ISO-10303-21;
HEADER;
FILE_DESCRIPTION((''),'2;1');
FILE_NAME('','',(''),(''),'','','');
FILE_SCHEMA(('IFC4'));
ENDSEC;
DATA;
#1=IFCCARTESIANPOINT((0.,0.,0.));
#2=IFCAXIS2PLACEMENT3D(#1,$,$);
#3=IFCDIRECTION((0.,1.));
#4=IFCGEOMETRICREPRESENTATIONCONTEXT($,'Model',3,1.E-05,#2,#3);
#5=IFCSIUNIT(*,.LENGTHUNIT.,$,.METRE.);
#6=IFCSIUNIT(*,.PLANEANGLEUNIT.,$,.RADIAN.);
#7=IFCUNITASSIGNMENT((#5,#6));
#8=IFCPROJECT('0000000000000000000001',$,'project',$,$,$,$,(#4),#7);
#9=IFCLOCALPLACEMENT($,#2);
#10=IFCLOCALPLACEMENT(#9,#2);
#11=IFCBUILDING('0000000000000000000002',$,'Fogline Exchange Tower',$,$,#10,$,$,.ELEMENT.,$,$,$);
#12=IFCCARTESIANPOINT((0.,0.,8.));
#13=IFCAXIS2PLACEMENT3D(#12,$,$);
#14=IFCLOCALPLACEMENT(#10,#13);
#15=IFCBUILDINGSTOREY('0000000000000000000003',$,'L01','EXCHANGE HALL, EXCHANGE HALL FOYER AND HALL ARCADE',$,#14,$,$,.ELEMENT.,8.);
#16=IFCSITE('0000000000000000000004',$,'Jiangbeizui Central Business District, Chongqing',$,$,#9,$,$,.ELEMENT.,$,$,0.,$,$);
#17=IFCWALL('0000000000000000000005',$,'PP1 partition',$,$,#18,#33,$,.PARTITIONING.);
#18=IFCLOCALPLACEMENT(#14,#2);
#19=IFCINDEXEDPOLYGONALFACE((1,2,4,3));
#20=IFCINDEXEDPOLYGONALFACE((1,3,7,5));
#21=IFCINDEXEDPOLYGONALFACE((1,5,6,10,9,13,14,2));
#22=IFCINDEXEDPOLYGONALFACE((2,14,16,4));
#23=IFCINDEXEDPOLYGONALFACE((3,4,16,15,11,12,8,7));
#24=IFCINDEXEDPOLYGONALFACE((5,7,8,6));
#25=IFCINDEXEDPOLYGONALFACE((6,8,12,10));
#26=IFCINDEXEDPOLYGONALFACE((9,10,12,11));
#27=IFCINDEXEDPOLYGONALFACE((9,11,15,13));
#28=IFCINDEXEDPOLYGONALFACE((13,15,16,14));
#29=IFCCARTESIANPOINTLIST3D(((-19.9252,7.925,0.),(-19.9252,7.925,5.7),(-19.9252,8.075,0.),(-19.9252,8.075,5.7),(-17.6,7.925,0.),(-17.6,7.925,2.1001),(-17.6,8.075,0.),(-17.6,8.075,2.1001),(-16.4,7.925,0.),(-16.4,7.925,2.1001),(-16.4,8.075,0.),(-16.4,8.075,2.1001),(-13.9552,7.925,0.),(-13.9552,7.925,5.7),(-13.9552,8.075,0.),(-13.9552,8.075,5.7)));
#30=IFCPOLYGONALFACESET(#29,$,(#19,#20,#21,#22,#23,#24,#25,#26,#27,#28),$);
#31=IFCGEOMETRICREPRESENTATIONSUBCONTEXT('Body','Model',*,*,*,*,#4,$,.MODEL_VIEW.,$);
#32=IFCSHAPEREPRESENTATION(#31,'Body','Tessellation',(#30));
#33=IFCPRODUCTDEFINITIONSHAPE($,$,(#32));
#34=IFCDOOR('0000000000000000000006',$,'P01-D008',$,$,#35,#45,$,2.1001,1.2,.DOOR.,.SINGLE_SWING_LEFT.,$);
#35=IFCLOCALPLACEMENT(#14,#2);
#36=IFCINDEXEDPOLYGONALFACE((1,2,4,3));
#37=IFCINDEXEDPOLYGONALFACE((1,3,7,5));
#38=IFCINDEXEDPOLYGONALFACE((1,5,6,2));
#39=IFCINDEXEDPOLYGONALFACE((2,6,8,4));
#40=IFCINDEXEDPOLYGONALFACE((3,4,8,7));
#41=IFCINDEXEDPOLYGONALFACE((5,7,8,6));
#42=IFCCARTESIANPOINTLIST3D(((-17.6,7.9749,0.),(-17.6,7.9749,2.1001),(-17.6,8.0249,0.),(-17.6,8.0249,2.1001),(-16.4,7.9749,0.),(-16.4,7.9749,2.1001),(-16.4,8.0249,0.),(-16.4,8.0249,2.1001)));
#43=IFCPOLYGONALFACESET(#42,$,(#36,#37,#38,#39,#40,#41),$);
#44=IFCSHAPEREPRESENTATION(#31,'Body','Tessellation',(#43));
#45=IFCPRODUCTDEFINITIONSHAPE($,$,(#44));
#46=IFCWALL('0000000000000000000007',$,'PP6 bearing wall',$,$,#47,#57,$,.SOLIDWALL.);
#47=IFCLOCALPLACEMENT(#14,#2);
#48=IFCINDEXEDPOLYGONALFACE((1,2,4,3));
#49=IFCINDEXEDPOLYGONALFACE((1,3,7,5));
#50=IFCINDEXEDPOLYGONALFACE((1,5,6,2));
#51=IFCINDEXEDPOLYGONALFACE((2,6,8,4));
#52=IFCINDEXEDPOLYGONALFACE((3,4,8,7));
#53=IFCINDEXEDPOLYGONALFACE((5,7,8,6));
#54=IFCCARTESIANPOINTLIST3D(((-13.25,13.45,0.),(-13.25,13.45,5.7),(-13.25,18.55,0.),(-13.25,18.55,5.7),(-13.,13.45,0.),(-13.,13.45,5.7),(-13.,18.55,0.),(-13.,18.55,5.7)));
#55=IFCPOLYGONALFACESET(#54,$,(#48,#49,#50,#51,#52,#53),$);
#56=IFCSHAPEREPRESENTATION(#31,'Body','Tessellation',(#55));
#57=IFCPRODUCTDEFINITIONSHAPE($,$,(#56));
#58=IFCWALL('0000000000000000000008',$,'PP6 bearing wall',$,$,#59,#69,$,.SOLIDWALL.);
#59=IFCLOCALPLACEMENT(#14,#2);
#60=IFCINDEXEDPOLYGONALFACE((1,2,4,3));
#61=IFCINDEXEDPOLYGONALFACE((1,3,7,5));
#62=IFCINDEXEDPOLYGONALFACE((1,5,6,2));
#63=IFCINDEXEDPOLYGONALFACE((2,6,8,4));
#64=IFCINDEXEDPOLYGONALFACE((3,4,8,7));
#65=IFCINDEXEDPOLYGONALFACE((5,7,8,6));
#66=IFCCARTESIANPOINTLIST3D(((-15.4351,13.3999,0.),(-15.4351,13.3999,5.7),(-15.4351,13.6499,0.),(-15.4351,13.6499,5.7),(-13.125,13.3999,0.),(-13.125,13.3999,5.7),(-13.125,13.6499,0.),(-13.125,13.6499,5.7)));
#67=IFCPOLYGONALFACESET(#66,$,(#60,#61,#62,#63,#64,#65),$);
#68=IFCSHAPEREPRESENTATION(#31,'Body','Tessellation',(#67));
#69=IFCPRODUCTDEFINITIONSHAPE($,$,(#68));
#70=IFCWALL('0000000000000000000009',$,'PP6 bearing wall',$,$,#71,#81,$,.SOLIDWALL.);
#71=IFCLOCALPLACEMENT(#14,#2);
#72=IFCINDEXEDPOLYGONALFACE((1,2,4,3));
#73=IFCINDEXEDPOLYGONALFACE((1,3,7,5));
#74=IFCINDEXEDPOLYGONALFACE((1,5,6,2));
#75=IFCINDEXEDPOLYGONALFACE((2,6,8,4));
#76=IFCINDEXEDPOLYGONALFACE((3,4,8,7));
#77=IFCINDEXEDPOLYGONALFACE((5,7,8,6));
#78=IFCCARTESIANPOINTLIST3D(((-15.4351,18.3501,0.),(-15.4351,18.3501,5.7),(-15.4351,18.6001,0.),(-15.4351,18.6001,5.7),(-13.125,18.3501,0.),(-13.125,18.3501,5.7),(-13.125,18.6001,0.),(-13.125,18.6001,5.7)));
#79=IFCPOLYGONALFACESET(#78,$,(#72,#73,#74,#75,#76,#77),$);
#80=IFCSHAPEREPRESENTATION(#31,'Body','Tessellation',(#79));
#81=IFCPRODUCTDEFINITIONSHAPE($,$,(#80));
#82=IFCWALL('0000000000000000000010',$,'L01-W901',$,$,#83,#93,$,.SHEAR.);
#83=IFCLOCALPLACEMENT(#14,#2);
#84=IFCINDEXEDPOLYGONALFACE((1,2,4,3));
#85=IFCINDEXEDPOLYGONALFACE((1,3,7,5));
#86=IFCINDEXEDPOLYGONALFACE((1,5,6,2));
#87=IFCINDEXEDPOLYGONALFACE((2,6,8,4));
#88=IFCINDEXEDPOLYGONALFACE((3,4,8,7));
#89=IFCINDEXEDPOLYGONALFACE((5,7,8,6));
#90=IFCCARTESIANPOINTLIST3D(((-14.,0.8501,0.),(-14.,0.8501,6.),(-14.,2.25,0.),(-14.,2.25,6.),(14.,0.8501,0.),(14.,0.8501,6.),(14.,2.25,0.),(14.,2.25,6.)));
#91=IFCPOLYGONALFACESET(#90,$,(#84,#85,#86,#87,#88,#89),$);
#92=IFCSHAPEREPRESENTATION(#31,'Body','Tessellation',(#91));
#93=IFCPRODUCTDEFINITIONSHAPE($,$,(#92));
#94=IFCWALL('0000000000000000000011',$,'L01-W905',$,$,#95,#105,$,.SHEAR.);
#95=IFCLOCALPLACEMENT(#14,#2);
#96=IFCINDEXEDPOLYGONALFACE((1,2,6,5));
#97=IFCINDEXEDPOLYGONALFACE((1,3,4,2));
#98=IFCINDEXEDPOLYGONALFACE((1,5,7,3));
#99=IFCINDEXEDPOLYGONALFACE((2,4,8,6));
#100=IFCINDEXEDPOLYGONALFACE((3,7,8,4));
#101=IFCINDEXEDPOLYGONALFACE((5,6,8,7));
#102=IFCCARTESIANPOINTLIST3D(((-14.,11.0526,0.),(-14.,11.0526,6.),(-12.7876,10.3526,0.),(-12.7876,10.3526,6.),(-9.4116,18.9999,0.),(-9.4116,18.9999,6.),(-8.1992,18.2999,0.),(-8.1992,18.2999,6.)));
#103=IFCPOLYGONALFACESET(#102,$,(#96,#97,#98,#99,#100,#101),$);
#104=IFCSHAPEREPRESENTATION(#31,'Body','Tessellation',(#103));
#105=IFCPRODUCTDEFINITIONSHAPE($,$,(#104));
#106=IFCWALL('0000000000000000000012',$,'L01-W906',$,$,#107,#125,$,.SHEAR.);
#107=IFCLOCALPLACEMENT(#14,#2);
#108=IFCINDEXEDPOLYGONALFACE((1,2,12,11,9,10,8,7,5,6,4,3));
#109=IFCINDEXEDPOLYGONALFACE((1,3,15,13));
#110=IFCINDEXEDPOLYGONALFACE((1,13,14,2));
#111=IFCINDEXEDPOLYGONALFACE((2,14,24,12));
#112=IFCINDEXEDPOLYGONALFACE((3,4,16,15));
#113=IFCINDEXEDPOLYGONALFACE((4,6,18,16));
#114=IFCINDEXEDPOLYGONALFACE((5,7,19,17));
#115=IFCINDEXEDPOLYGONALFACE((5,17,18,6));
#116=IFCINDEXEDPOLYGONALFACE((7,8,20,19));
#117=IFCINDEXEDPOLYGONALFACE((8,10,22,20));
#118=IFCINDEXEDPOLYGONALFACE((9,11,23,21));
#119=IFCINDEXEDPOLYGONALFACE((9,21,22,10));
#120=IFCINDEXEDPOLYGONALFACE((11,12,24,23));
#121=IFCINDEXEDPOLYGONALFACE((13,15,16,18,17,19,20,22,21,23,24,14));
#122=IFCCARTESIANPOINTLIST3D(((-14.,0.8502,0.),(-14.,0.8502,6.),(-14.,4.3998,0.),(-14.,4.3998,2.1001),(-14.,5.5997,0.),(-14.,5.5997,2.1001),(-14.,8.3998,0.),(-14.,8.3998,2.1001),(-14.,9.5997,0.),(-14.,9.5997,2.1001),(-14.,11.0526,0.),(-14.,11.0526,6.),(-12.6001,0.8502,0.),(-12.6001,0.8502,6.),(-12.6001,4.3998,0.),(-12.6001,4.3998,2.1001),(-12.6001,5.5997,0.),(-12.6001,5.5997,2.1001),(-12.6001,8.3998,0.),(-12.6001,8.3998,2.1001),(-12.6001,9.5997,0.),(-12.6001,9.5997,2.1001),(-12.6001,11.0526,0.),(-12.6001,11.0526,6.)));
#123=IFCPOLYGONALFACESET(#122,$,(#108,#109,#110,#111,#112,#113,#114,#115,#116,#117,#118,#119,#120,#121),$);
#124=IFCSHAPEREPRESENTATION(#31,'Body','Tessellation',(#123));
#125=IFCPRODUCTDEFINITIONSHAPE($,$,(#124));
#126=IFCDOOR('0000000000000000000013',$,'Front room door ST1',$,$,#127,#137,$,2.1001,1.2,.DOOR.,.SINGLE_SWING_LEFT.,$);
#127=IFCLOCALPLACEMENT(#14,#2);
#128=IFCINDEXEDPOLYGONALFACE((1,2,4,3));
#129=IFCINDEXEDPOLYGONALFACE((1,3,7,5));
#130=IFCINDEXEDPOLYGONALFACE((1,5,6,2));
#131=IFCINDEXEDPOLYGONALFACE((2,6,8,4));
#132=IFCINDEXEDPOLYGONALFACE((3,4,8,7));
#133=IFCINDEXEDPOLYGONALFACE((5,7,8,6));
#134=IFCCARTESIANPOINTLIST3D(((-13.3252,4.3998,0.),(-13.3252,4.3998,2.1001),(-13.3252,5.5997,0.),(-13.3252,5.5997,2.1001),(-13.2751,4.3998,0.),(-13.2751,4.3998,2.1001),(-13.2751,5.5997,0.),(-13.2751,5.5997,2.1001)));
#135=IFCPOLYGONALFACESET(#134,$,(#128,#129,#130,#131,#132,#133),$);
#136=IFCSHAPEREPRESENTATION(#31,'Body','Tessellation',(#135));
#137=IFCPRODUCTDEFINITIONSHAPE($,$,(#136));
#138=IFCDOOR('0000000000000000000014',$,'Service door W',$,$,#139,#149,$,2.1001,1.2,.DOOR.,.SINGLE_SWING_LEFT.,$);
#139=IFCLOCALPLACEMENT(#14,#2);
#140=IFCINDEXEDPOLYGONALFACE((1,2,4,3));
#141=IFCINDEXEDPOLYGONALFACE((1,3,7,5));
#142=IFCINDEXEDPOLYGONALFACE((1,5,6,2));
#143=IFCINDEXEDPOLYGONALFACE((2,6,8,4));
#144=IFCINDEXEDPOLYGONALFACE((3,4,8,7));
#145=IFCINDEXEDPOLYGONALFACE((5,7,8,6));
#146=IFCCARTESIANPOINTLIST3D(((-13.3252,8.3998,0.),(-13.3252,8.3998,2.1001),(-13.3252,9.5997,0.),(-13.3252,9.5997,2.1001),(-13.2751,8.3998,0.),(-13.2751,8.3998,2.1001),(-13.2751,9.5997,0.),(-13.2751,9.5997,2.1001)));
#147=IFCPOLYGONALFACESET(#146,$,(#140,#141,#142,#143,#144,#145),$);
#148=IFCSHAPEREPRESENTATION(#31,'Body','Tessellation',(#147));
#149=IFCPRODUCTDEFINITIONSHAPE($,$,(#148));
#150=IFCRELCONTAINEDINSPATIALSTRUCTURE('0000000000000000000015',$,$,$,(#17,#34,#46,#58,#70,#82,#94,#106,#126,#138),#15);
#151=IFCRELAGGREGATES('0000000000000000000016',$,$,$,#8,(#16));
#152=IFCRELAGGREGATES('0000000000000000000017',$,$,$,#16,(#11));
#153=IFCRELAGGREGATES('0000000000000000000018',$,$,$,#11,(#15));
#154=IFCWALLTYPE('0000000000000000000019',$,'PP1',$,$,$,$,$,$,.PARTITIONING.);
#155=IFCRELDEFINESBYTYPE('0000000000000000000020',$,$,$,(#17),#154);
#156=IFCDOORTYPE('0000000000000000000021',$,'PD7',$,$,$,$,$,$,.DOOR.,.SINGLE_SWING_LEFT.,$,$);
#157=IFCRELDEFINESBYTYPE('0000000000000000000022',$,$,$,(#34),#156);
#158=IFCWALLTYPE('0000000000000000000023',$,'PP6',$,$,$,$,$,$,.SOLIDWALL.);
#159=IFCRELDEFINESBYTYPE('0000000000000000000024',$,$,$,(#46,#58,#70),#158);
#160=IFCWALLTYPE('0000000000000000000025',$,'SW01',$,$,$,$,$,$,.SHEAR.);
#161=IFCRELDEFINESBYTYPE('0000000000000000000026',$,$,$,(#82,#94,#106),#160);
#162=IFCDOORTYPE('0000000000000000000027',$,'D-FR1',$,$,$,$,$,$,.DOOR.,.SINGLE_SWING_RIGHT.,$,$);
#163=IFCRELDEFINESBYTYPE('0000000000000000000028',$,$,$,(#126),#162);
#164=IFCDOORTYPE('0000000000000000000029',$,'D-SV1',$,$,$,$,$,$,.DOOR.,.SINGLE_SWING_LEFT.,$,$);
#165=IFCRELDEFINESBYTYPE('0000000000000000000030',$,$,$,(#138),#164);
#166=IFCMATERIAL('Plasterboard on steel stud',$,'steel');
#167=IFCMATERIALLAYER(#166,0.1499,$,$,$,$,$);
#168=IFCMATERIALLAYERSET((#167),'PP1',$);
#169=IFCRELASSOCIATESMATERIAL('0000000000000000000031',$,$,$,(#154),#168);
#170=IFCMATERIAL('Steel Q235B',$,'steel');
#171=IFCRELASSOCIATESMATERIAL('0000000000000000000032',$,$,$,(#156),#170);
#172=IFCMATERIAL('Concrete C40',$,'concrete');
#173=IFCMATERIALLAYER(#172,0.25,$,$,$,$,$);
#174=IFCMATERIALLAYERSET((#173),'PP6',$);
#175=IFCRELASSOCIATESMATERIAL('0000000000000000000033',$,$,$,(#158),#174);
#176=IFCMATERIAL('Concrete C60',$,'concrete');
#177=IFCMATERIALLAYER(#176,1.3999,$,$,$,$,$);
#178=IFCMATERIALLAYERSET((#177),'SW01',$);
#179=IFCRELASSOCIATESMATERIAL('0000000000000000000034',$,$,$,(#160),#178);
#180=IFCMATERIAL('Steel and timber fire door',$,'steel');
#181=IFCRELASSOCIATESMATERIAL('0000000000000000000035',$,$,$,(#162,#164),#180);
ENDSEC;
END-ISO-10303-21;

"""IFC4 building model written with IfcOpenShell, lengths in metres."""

from ifc_helpers import new_model, si_unit, direction, frame, frame_2d, origin, place, context, subcontext, project, spatial, rectangle, extrude, material, layer, layer_set, type_object, element, fill, save


model = new_model("IFC4")

# Units and contexts
model_context = context("Model", 3, precision=1e-05, world=origin(), true_north=direction((0.0, 1.0)))
body_context = subcontext(model_context, "Body", "Model", "MODEL_VIEW")
ifc_project = project(units=[si_unit("LENGTHUNIT", "METRE"), si_unit("PLANEANGLEUNIT", "RADIAN")], contexts=[model_context])

# Site, building, storey
site_placement = place(None, origin())
site = spatial("IfcSite", under=ifc_project, at=site_placement, Name="Jiangbeizui Central Business District, Chongqing", CompositionType="ELEMENT", RefElevation=0.0)
building_placement = place(site_placement, origin())
building = spatial("IfcBuilding", under=site, at=building_placement, Name="Fogline Exchange Tower", CompositionType="ELEMENT")
storey_placement = place(building_placement, frame((0.0, 0.0, 8.0)))
storey = spatial("IfcBuildingStorey", under=building, at=storey_placement, Name="L01", Description="EXCHANGE HALL, EXCHANGE HALL FOYER AND HALL ARCADE", CompositionType="ELEMENT", Elevation=8.0)

# Shared definitions
ifc_material_1 = material(Name="Steel and timber fire door", Category="steel")

# Shared definitions
ifc_material_2 = material(Name="Concrete C40", Category="concrete")

# Wall, opening, door
ifc_material_3 = material(Name="Plasterboard on steel stud", Category="steel")
ifc_layer_1 = layer(ifc_material_3, 0.1499)
ifc_layer_set_1 = layer_set([ifc_layer_1], Name="PP1")
wall_type_1 = type_object("IfcWallType", Name="PP1", PredefinedType="PARTITIONING", material=ifc_layer_set_1)
wall_1_placement = place(storey_placement, frame((-19.925, 8.0, 0.0), z_axis=(0.0, 0.0, 1.0), x_axis=(1.0, 0.0, 0.0)))
wall_1 = element("IfcWall", 1, at=wall_1_placement, inside=storey, type_object=wall_type_1, Name="PP1 partition", PredefinedType="PARTITIONING", context=body_context, shape_type="SweptSolid", body=[
    extrude(rectangle(XDim=5.97, YDim=0.1499, at=frame_2d((2.9849, 0.0))), origin(), (0.0, 0.0, 1.0), 5.7),
])
opening_1_placement = place(wall_1_placement, frame((2.325, 0.0, 0.0)))
opening_1 = element("IfcOpeningElement", 2, at=opening_1_placement, cuts=wall_1, PredefinedType="OPENING", context=body_context, shape_type="SweptSolid", body=[
    extrude(rectangle(XDim=1.2, YDim=2.1001, at=frame_2d((0.6001, 1.05))), frame((0.0, 0.085, 0.0), z_axis=(0.0, -1.0, 0.0), x_axis=(1.0, 0.0, 0.0)), (0.0, 0.0, 1.0), 0.1699),
])
ifc_material_4 = material(Name="Steel Q235B", Category="steel")
door_type_1 = type_object("IfcDoorType", Name="PD7", OperationType="SINGLE_SWING_LEFT", PredefinedType="DOOR", material=ifc_material_4)
door_1_placement = place(opening_1_placement, origin())
door_1 = element("IfcDoor", 3, at=door_1_placement, inside=storey, type_object=door_type_1, Name="P01-D008", OperationType="SINGLE_SWING_LEFT", OverallHeight=2.1001, OverallWidth=1.2, PredefinedType="DOOR", context=body_context, shape_type="SweptSolid", body=[
    extrude(rectangle(XDim=1.2, YDim=2.1001, at=frame_2d((0.6001, 1.05))), frame((0.0, 0.0249, 0.0), z_axis=(0.0, -1.0, 0.0), x_axis=(1.0, 0.0, 0.0)), (0.0, 0.0, 1.0), 0.05),
])
fill(opening_1, door_1)

# Walls
ifc_layer_2 = layer(ifc_material_2, 0.25)
ifc_layer_set_2 = layer_set([ifc_layer_2], Name="PP6")
wall_type_2 = type_object("IfcWallType", Name="PP6", PredefinedType="SOLIDWALL", material=ifc_layer_set_2)
wall_2_placement = place(storey_placement, frame((-13.125, 13.45, 0.0), z_axis=(0.0, 0.0, 1.0), x_axis=(0.0, 1.0, 0.0)))
element("IfcWall", 4, at=wall_2_placement, inside=storey, type_object=wall_type_2, Name="PP6 bearing wall", PredefinedType="SOLIDWALL", context=body_context, shape_type="SweptSolid", body=[
    extrude(rectangle(XDim=5.1001, YDim=0.25, at=frame_2d((2.55, 0.0))), origin(), (0.0, 0.0, 1.0), 5.7),
])
for number, where, z_axis, x_axis, name in (
    (5, (-13.125, 13.5249, 0.0), (0.0, 0.0, 1.0), (-1.0, 0.0, 0.0), "PP6 bearing wall"),
    (6, (-13.125, 18.4751, 0.0), (0.0, 0.0, 1.0), (-1.0, 0.0, 0.0), "PP6 bearing wall"),
):
    element("IfcWall", number, at=place(storey_placement, frame(where, z_axis=z_axis, x_axis=x_axis)), inside=storey, type_object=wall_type_2, Name=name, PredefinedType="SOLIDWALL", context=body_context, shape_type="SweptSolid", body=[
        extrude(rectangle(XDim=2.3101, YDim=0.25, at=frame_2d((1.155, 0.0))), origin(), (0.0, 0.0, 1.0), 5.7),
    ])
ifc_material_5 = material(Name="Concrete C60", Category="concrete")
ifc_layer_3 = layer(ifc_material_5, 1.3999)
ifc_layer_set_3 = layer_set([ifc_layer_3], Name="SW01")
wall_type_3 = type_object("IfcWallType", Name="SW01", PredefinedType="SHEAR", material=ifc_layer_set_3)
wall_3_placement = place(storey_placement, frame((-14.0, 1.55, 0.0), z_axis=(0.0, 0.0, 1.0), x_axis=(1.0, 0.0, 0.0)))
element("IfcWall", 7, at=wall_3_placement, inside=storey, type_object=wall_type_3, Name="L01-W901", PredefinedType="SHEAR", context=body_context, shape_type="SweptSolid", body=[
    extrude(rectangle(XDim=28.0, YDim=1.3999, at=frame_2d((14.0, 0.0))), origin(), (0.0, 0.0, 1.0), 6.0),
])
wall_4_placement = place(storey_placement, frame((-8.8054, 18.6499, 0.0), z_axis=(0.0, 0.0, 1.0), x_axis=(-0.500002, -0.866024, 0.0)))
element("IfcWall", 8, at=wall_4_placement, inside=storey, type_object=wall_type_3, Name="L01-W905", PredefinedType="SHEAR", context=body_context, shape_type="SweptSolid", body=[
    extrude(rectangle(XDim=9.1768, YDim=1.3999, at=frame_2d((4.5884, 0.0))), origin(), (0.0, 0.0, 1.0), 6.0),
])

# Wall, openings, doors
wall_5_placement = place(storey_placement, frame((-13.3, 11.0525, 0.0), z_axis=(0.0, 0.0, 1.0), x_axis=(0.0, -1.0, 0.0)))
wall_5 = element("IfcWall", 9, at=wall_5_placement, inside=storey, type_object=wall_type_3, Name="L01-W906", PredefinedType="SHEAR", context=body_context, shape_type="SweptSolid", body=[
    extrude(rectangle(XDim=10.2024, YDim=1.3999, at=frame_2d((5.1011, 0.0))), origin(), (0.0, 0.0, 1.0), 6.0),
])
opening_2_placement = place(wall_5_placement, frame((5.4526, 0.0, 0.0)))
opening_2 = element("IfcOpeningElement", 10, at=opening_2_placement, cuts=wall_5, PredefinedType="OPENING", context=body_context, shape_type="SweptSolid", body=[
    extrude(rectangle(XDim=1.2, YDim=2.1001, at=frame_2d((0.6001, 1.05))), frame((0.0, 0.71, 0.0), z_axis=(0.0, -1.0, 0.0), x_axis=(1.0, 0.0, 0.0)), (0.0, 0.0, 1.0), 1.4199),
])
opening_3_placement = place(wall_5_placement, frame((1.4526, 0.0, 0.0)))
opening_3 = element("IfcOpeningElement", 11, at=opening_3_placement, cuts=wall_5, PredefinedType="OPENING", context=body_context, shape_type="SweptSolid", body=[
    extrude(rectangle(XDim=1.2, YDim=2.1001, at=frame_2d((0.6001, 1.05))), frame((0.0, 0.71, 0.0), z_axis=(0.0, -1.0, 0.0), x_axis=(1.0, 0.0, 0.0)), (0.0, 0.0, 1.0), 1.4199),
])
door_type_2 = type_object("IfcDoorType", Name="D-FR1", OperationType="SINGLE_SWING_RIGHT", PredefinedType="DOOR", material=ifc_material_1)
door_2_placement = place(opening_2_placement, origin())
door_2 = element("IfcDoor", 12, at=door_2_placement, inside=storey, type_object=door_type_2, Name="Front room door ST1", OperationType="SINGLE_SWING_LEFT", OverallHeight=2.1001, OverallWidth=1.2, PredefinedType="DOOR", context=body_context, shape_type="SweptSolid", body=[
    extrude(rectangle(XDim=1.2, YDim=2.1001, at=frame_2d((0.6001, 1.05))), frame((0.0, 0.0249, 0.0), z_axis=(0.0, -1.0, 0.0), x_axis=(1.0, 0.0, 0.0)), (0.0, 0.0, 1.0), 0.05),
])
fill(opening_2, door_2)
door_type_3 = type_object("IfcDoorType", Name="D-SV1", OperationType="SINGLE_SWING_LEFT", PredefinedType="DOOR", material=ifc_material_1)
door_3_placement = place(opening_3_placement, origin())
door_3 = element("IfcDoor", 13, at=door_3_placement, inside=storey, type_object=door_type_3, Name="Service door W", OperationType="SINGLE_SWING_LEFT", OverallHeight=2.1001, OverallWidth=1.2, PredefinedType="DOOR", context=body_context, shape_type="SweptSolid", body=[
    extrude(rectangle(XDim=1.2, YDim=2.1001, at=frame_2d((0.6001, 1.05))), frame((0.0, 0.0249, 0.0), z_axis=(0.0, -1.0, 0.0), x_axis=(1.0, 0.0, 0.0)), (0.0, 0.0, 1.0), 0.05),
])
fill(opening_3, door_3)

save(model, "model.ifc")
